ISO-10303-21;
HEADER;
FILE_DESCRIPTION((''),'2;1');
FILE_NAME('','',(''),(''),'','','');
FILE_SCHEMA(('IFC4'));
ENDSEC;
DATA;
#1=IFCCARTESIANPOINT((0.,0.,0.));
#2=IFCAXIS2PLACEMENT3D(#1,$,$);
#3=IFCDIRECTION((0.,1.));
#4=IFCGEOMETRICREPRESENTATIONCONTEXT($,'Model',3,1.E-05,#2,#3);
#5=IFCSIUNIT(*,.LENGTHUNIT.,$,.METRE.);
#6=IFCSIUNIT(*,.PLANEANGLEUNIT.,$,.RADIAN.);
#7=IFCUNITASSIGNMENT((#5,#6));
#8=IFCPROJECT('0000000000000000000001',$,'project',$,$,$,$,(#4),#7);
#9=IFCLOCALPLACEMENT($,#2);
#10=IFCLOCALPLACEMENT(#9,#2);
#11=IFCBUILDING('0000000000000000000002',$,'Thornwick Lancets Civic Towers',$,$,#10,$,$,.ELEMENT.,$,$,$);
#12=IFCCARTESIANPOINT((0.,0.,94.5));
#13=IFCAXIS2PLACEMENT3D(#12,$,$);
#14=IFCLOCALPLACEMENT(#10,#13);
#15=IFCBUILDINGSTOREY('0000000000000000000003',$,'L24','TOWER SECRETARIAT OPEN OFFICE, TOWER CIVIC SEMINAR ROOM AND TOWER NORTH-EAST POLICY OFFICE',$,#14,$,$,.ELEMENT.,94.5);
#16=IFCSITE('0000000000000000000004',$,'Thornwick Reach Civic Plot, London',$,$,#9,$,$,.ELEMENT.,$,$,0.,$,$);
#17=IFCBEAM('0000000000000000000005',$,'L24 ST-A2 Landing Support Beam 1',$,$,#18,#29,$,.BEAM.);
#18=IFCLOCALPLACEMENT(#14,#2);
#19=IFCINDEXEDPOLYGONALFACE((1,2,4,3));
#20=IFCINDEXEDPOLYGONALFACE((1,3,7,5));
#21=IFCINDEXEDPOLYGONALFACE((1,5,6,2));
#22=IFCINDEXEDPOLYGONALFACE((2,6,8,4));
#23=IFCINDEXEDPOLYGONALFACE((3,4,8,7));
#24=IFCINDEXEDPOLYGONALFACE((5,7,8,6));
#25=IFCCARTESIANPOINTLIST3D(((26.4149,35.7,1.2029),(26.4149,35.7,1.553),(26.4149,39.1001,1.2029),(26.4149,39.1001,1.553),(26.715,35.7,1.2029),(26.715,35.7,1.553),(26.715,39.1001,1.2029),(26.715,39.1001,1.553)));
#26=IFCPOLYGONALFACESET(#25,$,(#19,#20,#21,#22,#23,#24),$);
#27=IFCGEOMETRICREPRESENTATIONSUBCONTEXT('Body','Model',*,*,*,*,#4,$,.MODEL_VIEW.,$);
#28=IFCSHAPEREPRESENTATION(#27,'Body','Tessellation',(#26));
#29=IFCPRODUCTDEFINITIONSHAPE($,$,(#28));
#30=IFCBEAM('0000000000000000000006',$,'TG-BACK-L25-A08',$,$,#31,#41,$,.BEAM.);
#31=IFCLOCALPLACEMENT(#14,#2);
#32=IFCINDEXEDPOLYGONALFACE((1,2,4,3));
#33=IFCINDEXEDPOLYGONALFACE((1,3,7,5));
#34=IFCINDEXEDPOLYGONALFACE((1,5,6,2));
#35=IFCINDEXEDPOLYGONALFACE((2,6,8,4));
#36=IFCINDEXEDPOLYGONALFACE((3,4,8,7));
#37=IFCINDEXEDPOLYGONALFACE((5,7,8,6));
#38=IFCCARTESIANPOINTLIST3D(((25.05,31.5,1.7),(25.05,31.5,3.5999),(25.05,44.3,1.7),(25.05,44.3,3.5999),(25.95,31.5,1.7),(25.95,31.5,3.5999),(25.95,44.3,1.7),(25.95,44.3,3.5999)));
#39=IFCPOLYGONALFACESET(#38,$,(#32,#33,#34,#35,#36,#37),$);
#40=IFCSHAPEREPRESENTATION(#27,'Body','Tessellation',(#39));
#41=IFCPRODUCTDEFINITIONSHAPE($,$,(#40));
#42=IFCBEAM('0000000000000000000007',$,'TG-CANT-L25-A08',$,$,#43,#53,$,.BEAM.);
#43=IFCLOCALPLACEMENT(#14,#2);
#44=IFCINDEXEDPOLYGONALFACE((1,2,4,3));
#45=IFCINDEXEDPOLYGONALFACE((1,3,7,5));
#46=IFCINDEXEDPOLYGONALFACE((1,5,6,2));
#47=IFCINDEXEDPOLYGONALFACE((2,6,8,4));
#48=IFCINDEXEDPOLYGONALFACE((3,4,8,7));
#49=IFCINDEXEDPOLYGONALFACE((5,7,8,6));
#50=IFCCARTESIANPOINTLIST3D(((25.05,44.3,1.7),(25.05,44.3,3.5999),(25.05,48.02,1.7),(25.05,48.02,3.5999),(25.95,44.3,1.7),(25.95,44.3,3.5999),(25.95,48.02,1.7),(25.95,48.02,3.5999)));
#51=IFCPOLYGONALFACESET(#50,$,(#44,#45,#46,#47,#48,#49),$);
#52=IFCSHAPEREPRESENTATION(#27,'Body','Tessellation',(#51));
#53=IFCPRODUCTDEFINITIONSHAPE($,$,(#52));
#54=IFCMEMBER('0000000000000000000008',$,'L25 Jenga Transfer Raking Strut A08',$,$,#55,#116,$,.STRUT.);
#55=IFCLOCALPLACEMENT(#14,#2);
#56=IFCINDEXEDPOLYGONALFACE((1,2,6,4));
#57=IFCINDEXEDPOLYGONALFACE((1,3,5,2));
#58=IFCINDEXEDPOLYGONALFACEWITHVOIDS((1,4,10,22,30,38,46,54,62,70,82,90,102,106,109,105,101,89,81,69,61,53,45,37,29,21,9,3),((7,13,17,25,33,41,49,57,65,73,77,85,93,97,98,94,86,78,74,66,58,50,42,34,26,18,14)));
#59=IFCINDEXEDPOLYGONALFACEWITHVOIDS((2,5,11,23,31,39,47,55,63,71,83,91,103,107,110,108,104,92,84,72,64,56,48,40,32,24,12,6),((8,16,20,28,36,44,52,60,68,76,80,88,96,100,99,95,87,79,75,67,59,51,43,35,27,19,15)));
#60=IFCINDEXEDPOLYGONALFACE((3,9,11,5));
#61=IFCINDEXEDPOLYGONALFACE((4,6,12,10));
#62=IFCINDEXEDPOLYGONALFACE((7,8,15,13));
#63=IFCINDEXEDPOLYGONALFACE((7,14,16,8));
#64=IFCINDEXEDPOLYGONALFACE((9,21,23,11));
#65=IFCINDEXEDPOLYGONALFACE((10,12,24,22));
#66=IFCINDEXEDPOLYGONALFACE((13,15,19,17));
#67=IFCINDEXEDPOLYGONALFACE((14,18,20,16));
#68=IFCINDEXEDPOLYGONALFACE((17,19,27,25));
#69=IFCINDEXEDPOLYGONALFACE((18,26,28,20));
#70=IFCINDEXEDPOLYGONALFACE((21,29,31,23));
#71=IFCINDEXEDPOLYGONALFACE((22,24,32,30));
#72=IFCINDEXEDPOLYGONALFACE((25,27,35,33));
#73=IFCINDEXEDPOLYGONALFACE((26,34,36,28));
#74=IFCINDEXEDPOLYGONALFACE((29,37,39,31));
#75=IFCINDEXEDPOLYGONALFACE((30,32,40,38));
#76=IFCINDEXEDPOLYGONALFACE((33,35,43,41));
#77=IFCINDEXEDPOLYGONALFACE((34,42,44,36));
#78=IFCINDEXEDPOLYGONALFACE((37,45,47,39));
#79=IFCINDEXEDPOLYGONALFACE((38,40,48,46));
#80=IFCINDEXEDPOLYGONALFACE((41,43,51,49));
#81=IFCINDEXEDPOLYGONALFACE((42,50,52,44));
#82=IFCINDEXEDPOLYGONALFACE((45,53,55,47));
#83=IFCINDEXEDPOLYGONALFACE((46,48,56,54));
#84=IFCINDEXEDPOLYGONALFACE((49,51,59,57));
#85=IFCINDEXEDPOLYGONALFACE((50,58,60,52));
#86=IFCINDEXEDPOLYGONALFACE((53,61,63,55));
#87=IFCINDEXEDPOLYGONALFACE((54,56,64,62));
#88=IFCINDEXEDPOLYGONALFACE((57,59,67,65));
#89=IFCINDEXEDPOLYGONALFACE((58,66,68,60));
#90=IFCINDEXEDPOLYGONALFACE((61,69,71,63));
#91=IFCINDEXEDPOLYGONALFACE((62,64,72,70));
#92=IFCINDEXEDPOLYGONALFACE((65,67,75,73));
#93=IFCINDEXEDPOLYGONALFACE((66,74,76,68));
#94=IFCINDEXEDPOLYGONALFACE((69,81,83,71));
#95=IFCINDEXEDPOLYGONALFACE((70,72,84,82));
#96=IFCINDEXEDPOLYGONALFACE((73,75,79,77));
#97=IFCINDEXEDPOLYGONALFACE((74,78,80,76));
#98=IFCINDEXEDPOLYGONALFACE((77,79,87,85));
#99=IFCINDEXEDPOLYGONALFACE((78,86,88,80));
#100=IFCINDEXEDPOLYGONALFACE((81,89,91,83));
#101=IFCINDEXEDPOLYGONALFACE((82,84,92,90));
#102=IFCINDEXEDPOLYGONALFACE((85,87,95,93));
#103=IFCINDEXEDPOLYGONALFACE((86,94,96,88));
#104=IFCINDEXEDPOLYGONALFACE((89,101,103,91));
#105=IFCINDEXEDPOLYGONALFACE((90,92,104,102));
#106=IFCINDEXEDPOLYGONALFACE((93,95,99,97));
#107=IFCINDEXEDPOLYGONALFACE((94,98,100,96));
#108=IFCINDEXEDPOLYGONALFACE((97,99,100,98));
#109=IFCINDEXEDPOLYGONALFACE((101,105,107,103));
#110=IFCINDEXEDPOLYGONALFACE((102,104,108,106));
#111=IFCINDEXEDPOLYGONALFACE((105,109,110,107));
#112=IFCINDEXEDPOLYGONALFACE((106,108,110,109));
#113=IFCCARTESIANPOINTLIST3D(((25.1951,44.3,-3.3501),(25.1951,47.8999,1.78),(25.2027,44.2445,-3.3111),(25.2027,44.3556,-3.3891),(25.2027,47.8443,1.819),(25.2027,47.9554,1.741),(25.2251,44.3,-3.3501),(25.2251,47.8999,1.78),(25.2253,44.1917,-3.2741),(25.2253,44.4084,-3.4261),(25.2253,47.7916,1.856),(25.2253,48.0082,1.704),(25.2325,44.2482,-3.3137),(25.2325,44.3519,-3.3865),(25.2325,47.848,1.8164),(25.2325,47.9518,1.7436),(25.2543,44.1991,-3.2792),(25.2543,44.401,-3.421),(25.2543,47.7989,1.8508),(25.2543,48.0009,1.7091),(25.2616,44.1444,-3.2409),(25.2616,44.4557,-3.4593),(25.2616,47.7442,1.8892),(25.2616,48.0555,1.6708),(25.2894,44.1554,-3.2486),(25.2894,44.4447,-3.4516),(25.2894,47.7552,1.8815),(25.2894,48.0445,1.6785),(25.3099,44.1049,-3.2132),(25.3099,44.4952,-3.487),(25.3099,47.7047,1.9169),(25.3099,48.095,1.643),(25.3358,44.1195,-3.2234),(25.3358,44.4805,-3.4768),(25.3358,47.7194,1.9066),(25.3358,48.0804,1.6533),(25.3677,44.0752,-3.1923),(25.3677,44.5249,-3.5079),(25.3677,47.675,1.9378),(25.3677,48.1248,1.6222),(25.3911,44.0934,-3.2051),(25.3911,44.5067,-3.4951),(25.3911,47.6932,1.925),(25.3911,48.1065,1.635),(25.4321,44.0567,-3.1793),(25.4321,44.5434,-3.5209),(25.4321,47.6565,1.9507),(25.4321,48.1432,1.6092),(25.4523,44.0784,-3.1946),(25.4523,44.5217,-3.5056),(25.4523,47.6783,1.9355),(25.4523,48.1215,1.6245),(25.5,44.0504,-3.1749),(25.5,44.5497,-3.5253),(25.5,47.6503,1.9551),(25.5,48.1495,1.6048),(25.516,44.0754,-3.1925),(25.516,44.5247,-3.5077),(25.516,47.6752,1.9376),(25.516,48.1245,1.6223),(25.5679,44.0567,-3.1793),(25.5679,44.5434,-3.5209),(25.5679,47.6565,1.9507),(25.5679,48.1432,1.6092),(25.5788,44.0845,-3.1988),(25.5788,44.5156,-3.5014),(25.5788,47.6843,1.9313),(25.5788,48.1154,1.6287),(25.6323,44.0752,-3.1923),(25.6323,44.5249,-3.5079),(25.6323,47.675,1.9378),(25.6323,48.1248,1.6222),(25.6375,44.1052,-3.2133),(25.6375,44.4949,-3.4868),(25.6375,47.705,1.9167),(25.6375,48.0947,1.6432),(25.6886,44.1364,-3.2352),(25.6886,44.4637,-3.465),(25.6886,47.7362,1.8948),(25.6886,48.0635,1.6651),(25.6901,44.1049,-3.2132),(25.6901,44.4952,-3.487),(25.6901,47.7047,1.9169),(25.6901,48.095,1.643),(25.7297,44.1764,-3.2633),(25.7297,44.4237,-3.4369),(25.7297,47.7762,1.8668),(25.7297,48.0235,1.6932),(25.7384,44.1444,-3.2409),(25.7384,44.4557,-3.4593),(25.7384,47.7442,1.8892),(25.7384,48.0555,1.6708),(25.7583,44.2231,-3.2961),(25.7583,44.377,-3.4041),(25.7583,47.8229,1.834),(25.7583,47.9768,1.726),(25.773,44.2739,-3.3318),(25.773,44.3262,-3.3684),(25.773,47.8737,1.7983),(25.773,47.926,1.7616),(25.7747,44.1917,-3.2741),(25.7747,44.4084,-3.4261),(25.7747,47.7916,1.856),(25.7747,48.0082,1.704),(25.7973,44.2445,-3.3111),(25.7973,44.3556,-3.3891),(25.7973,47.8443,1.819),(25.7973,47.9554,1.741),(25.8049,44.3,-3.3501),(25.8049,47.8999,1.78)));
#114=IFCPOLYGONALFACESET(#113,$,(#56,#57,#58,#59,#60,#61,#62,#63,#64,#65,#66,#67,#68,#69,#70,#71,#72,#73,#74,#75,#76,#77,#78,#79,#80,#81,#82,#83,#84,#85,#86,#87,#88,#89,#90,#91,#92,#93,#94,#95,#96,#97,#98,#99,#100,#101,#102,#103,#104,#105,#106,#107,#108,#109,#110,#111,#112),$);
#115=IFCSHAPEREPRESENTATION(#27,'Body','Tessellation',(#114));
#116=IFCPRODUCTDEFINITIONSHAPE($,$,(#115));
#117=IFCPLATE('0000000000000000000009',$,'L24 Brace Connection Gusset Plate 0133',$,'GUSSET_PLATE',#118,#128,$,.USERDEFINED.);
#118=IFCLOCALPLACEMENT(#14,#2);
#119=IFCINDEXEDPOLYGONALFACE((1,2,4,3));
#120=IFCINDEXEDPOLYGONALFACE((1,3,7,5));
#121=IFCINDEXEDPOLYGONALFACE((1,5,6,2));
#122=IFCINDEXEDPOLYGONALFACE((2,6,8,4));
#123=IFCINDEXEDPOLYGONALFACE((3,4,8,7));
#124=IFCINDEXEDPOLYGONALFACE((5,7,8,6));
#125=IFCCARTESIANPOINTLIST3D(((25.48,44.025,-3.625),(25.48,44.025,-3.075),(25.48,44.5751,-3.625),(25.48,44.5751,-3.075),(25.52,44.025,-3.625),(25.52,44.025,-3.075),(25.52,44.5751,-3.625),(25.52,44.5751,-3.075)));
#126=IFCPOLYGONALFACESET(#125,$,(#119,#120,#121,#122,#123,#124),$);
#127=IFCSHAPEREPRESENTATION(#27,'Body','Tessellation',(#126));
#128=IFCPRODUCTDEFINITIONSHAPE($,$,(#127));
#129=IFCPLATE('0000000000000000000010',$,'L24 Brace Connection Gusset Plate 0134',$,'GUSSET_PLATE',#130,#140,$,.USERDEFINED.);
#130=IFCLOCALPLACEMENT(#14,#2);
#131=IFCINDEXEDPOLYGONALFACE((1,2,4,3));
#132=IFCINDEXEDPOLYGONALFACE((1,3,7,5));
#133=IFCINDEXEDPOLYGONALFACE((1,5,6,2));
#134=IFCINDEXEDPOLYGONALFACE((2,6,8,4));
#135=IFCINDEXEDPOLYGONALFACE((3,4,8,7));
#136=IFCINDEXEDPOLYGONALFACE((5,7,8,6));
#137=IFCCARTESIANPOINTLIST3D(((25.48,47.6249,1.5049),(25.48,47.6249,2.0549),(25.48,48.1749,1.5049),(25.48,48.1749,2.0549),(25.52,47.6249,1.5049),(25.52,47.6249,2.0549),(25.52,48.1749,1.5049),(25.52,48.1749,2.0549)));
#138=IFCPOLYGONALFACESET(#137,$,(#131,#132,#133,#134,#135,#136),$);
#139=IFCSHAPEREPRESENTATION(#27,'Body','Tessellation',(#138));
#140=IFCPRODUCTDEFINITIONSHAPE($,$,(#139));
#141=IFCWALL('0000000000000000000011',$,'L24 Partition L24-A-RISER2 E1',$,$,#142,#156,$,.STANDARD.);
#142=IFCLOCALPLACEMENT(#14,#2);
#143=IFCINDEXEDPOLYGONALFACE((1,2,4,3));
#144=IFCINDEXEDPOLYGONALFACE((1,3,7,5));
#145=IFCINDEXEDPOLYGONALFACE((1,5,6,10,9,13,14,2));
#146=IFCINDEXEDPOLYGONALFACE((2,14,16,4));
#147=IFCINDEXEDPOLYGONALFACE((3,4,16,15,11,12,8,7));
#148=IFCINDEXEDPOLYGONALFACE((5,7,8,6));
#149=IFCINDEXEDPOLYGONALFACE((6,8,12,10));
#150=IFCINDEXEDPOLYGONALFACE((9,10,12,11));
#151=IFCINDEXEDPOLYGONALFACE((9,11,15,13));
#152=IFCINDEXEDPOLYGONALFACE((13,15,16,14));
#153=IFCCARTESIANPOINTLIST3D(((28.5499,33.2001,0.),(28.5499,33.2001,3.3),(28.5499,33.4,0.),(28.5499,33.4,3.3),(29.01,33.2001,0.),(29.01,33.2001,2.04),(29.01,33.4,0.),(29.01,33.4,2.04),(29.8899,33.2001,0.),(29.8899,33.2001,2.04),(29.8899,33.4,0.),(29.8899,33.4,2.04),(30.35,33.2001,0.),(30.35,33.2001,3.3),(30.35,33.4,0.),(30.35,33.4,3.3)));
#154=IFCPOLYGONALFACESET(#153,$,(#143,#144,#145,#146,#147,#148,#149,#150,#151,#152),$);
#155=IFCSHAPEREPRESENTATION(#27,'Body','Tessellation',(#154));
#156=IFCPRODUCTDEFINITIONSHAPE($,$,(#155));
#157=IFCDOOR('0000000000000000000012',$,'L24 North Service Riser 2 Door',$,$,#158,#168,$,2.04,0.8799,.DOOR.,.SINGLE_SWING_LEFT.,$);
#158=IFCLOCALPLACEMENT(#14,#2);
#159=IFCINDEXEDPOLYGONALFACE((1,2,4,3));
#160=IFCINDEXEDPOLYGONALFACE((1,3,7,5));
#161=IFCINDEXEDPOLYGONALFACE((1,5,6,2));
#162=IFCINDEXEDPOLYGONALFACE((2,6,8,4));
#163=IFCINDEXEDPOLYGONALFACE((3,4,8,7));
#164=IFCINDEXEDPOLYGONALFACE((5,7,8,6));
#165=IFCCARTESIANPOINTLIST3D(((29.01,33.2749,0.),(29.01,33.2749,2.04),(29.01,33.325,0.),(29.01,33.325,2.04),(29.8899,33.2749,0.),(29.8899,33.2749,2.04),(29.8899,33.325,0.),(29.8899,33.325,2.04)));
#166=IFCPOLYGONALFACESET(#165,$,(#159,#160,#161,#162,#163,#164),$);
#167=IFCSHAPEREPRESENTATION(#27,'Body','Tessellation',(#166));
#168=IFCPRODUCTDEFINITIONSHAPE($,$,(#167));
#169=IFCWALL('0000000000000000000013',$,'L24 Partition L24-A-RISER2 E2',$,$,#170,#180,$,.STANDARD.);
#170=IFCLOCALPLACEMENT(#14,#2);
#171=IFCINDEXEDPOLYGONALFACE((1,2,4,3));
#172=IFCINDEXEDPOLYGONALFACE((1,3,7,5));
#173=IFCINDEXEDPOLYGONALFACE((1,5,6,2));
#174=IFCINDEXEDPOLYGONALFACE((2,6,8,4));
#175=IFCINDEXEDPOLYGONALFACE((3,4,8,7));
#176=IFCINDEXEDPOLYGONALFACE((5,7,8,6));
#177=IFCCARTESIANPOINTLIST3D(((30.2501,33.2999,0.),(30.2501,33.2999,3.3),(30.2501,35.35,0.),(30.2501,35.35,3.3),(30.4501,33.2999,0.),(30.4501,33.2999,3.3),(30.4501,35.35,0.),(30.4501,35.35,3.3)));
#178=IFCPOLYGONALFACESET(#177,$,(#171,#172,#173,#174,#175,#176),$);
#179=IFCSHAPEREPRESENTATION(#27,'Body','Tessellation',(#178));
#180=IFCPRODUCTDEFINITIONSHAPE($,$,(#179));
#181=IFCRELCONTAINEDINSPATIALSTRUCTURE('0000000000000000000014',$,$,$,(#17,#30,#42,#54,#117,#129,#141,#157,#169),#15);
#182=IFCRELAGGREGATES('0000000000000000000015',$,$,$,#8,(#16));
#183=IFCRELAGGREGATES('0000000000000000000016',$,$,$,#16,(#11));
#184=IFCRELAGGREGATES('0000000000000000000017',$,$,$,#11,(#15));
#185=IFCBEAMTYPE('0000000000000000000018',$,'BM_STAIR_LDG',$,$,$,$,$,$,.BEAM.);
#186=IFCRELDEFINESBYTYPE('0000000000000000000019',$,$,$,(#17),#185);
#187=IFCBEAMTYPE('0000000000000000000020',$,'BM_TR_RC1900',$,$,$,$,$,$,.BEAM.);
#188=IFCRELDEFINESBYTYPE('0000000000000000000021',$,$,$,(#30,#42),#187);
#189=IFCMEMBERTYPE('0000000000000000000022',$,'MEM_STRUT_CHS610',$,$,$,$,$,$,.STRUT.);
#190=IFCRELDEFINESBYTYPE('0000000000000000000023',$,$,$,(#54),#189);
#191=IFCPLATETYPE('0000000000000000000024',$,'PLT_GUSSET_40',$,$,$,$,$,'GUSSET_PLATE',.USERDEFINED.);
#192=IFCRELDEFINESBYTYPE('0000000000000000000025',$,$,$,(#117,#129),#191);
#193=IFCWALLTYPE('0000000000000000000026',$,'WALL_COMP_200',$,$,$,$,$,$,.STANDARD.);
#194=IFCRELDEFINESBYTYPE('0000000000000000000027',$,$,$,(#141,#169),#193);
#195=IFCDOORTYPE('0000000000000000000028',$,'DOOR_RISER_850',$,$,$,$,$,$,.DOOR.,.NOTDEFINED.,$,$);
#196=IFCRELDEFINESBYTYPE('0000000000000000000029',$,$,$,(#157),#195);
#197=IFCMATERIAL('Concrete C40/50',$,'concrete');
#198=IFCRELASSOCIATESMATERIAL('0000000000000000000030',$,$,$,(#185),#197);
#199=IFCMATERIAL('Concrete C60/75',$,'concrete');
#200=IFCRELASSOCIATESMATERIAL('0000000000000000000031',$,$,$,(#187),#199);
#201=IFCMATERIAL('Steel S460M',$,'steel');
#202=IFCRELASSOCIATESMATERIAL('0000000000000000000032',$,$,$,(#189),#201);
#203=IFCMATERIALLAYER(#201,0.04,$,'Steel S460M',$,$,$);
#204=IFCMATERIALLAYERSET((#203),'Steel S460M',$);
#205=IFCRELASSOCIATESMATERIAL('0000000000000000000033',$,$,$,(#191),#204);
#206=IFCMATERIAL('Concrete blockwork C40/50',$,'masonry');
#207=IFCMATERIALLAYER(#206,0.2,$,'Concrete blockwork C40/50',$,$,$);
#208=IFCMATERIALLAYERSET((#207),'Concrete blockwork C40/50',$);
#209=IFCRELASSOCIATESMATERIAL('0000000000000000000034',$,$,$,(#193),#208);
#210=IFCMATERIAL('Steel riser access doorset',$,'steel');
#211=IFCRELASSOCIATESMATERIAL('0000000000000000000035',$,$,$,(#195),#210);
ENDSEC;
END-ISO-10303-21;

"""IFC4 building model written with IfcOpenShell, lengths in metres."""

from ifc_helpers import new_model, si_unit, direction, frame, frame_2d, origin, origin_2d, place, context, subcontext, project, spatial, rectangle, hollow_circle, extrude, material, layer, layer_set, material_profile, profile_set, type_object, element, fill, save


model = new_model("IFC4")

# Units and contexts
model_context = context("Model", 3, precision=1e-05, world=origin(), true_north=direction((0.0, 1.0)))
body_context = subcontext(model_context, "Body", "Model", "MODEL_VIEW")
ifc_project = project(units=[si_unit("LENGTHUNIT", "METRE"), si_unit("PLANEANGLEUNIT", "RADIAN")], contexts=[model_context])

# Site, building, storey
site_placement = place(None, origin())
site = spatial("IfcSite", under=ifc_project, at=site_placement, Name="Thornwick Reach Civic Plot, London", CompositionType="ELEMENT", RefElevation=0.0)
building_placement = place(site_placement, origin())
building = spatial("IfcBuilding", under=site, at=building_placement, Name="Thornwick Lancets Civic Towers", CompositionType="ELEMENT")
storey_placement = place(building_placement, frame((0.0, 0.0, 94.5)))
storey = spatial("IfcBuildingStorey", under=building, at=storey_placement, Name="L24", Description="TOWER SECRETARIAT OPEN OFFICE, TOWER CIVIC SEMINAR ROOM AND TOWER NORTH-EAST POLICY OFFICE", CompositionType="ELEMENT", Elevation=94.5)

# Shared definitions
ifc_material_1 = material(Name="Concrete C60/75", Category="concrete")
ifc_material_2 = material(Name="Steel S460M", Category="steel")

# Beams
ifc_material_3 = material(Name="Concrete C40/50", Category="concrete")
ifc_material_profile_1 = material_profile(ifc_material_3, rectangle(XDim=0.3, YDim=0.3501, at=origin_2d()), Name="RC 300x350")
ifc_profile_set_1 = profile_set([ifc_material_profile_1], Name="Concrete C40/50")
beam_type_1 = type_object("IfcBeamType", Name="BM_STAIR_LDG", PredefinedType="BEAM", material=ifc_profile_set_1)
beam_1_placement = place(storey_placement, frame((26.5649, 39.1001, 1.3779), z_axis=(0.0, -1.0, 0.0), x_axis=(1.0, 0.0, 0.0)))
element("IfcBeam", 1, at=beam_1_placement, inside=storey, type_object=beam_type_1, Name="L24 ST-A2 Landing Support Beam 1", PredefinedType="BEAM", context=body_context, shape_type="SweptSolid", body=[
    extrude(rectangle(XDim=0.3, YDim=0.3501, at=origin_2d()), origin(), (0.0, 0.0, 1.0), 3.4001),
])
ifc_material_profile_2 = material_profile(ifc_material_1, rectangle(XDim=0.8999, YDim=1.8999, at=origin_2d()), Name="RC 900x1900")
ifc_profile_set_2 = profile_set([ifc_material_profile_2], Name="Concrete C60/75")
beam_type_2 = type_object("IfcBeamType", Name="BM_TR_RC1900", PredefinedType="BEAM", material=ifc_profile_set_2)
beam_2_placement = place(storey_placement, frame((25.5, 31.5, 2.6499), z_axis=(0.0, 1.0, 0.0), x_axis=(-1.0, 0.0, 0.0)))
element("IfcBeam", 2, at=beam_2_placement, inside=storey, type_object=beam_type_2, Name="TG-BACK-L25-A08", PredefinedType="BEAM", context=body_context, shape_type="SweptSolid", body=[
    extrude(rectangle(XDim=0.8999, YDim=1.8999, at=origin_2d()), origin(), (0.0, 0.0, 1.0), 12.8),
])
beam_3_placement = place(storey_placement, frame((25.5, 44.3, 2.6499), z_axis=(0.0, 1.0, 0.0), x_axis=(-1.0, 0.0, 0.0)))
element("IfcBeam", 3, at=beam_3_placement, inside=storey, type_object=beam_type_2, Name="TG-CANT-L25-A08", PredefinedType="BEAM", context=body_context, shape_type="SweptSolid", body=[
    extrude(rectangle(XDim=0.8999, YDim=1.8999, at=origin_2d()), origin(), (0.0, 0.0, 1.0), 3.72),
])

# Member
ifc_material_profile_3 = material_profile(ifc_material_2, hollow_circle(Radius=0.3049, WallThickness=0.03, at=origin_2d()), Name="CHS 610x30")
ifc_profile_set_3 = profile_set([ifc_material_profile_3], Name="Steel S460M")
member_type = type_object("IfcMemberType", Name="MEM_STRUT_CHS610", PredefinedType="STRUT", material=ifc_profile_set_3)
member_placement = place(storey_placement, frame((25.5, 44.3, -3.3501), z_axis=(0.0, 0.574401, 0.818574), x_axis=(-1.0, 0.0, 0.0)))
element("IfcMember", 4, at=member_placement, inside=storey, type_object=member_type, Name="L25 Jenga Transfer Raking Strut A08", PredefinedType="STRUT", context=body_context, shape_type="SweptSolid", body=[
    extrude(hollow_circle(Radius=0.3049, WallThickness=0.03, at=origin_2d()), origin(), (0.0, 0.0, 1.0), 6.2671),
])

# Plates
ifc_layer_1 = layer(ifc_material_2, 0.04, Name="Steel S460M")
ifc_layer_set_1 = layer_set([ifc_layer_1], Name="Steel S460M")
plate_type = type_object("IfcPlateType", Name="PLT_GUSSET_40", ElementType="GUSSET_PLATE", PredefinedType="USERDEFINED", material=ifc_layer_set_1)
for number, where, z_axis, x_axis, name in (
    (5, (25.5, 44.3, -3.625), (0.0, 0.0, 1.0), (0.0, 1.0, 0.0), "L24 Brace Connection Gusset Plate 0133"),
    (6, (25.5, 47.8999, 1.5049), (0.0, 0.0, 1.0), (0.0, 1.0, 0.0), "L24 Brace Connection Gusset Plate 0134"),
):
    element("IfcPlate", number, at=place(storey_placement, frame(where, z_axis=z_axis, x_axis=x_axis)), inside=storey, type_object=plate_type, Name=name, ObjectType="GUSSET_PLATE", PredefinedType="USERDEFINED", context=body_context, shape_type="SweptSolid", body=[
        extrude(rectangle(XDim=0.55, YDim=0.04, at=origin_2d()), origin(), (0.0, 0.0, 1.0), 0.55),
    ])

# Wall, opening, door
ifc_material_4 = material(Name="Concrete blockwork C40/50", Category="masonry")
ifc_layer_2 = layer(ifc_material_4, 0.2, Name="Concrete blockwork C40/50")
ifc_layer_set_2 = layer_set([ifc_layer_2], Name="Concrete blockwork C40/50")
wall_type_1 = type_object("IfcWallType", Name="WALL_COMP_200", PredefinedType="STANDARD", material=ifc_layer_set_2)
wall_1_placement = place(storey_placement, frame((28.55, 33.3, 0.0), z_axis=(0.0, 0.0, 1.0), x_axis=(1.0, 0.0, 0.0)))
wall_1 = element("IfcWall", 7, at=wall_1_placement, inside=storey, type_object=wall_type_1, Name="L24 Partition L24-A-RISER2 E1", PredefinedType="STANDARD", context=body_context, shape_type="SweptSolid", body=[
    extrude(rectangle(XDim=1.8, YDim=0.2, at=frame_2d((0.8999, 0.0))), origin(), (0.0, 0.0, 1.0), 3.3),
])
opening_1_placement = place(wall_1_placement, frame((0.46, 0.0, 0.0)))
opening_1 = element("IfcOpeningElement", 8, at=opening_1_placement, cuts=wall_1, PredefinedType="OPENING", context=body_context, shape_type="SweptSolid", body=[
    extrude(rectangle(XDim=0.8799, YDim=2.04, at=frame_2d((0.4399, 1.02))), frame((0.0, 0.1099, 0.0), z_axis=(0.0, -1.0, 0.0), x_axis=(1.0, 0.0, 0.0)), (0.0, 0.0, 1.0), 0.22),
])
ifc_material_5 = material(Name="Steel riser access doorset", Category="steel")
door_type_1 = type_object("IfcDoorType", Name="DOOR_RISER_850", OperationType="NOTDEFINED", PredefinedType="DOOR", material=ifc_material_5)
door_1_placement = place(opening_1_placement, origin())
door_1 = element("IfcDoor", 9, at=door_1_placement, inside=storey, type_object=door_type_1, Name="L24 North Service Riser 2 Door", OperationType="SINGLE_SWING_LEFT", OverallHeight=2.04, OverallWidth=0.8799, PredefinedType="DOOR", context=body_context, shape_type="SweptSolid", body=[
    extrude(rectangle(XDim=0.8799, YDim=2.04, at=frame_2d((0.4399, 1.02))), frame((0.0, 0.0249, 0.0), z_axis=(0.0, -1.0, 0.0), x_axis=(1.0, 0.0, 0.0)), (0.0, 0.0, 1.0), 0.05),
])
fill(opening_1, door_1)

# Wall
wall_2_placement = place(storey_placement, frame((30.3501, 33.3, 0.0), z_axis=(0.0, 0.0, 1.0), x_axis=(0.0, 1.0, 0.0)))
element("IfcWall", 10, at=wall_2_placement, inside=storey, type_object=wall_type_1, Name="L24 Partition L24-A-RISER2 E2", PredefinedType="STANDARD", context=body_context, shape_type="SweptSolid", body=[
    extrude(rectangle(XDim=2.05, YDim=0.2, at=frame_2d((1.0249, 0.0))), origin(), (0.0, 0.0, 1.0), 3.3),
])

save(model, "model.ifc")
